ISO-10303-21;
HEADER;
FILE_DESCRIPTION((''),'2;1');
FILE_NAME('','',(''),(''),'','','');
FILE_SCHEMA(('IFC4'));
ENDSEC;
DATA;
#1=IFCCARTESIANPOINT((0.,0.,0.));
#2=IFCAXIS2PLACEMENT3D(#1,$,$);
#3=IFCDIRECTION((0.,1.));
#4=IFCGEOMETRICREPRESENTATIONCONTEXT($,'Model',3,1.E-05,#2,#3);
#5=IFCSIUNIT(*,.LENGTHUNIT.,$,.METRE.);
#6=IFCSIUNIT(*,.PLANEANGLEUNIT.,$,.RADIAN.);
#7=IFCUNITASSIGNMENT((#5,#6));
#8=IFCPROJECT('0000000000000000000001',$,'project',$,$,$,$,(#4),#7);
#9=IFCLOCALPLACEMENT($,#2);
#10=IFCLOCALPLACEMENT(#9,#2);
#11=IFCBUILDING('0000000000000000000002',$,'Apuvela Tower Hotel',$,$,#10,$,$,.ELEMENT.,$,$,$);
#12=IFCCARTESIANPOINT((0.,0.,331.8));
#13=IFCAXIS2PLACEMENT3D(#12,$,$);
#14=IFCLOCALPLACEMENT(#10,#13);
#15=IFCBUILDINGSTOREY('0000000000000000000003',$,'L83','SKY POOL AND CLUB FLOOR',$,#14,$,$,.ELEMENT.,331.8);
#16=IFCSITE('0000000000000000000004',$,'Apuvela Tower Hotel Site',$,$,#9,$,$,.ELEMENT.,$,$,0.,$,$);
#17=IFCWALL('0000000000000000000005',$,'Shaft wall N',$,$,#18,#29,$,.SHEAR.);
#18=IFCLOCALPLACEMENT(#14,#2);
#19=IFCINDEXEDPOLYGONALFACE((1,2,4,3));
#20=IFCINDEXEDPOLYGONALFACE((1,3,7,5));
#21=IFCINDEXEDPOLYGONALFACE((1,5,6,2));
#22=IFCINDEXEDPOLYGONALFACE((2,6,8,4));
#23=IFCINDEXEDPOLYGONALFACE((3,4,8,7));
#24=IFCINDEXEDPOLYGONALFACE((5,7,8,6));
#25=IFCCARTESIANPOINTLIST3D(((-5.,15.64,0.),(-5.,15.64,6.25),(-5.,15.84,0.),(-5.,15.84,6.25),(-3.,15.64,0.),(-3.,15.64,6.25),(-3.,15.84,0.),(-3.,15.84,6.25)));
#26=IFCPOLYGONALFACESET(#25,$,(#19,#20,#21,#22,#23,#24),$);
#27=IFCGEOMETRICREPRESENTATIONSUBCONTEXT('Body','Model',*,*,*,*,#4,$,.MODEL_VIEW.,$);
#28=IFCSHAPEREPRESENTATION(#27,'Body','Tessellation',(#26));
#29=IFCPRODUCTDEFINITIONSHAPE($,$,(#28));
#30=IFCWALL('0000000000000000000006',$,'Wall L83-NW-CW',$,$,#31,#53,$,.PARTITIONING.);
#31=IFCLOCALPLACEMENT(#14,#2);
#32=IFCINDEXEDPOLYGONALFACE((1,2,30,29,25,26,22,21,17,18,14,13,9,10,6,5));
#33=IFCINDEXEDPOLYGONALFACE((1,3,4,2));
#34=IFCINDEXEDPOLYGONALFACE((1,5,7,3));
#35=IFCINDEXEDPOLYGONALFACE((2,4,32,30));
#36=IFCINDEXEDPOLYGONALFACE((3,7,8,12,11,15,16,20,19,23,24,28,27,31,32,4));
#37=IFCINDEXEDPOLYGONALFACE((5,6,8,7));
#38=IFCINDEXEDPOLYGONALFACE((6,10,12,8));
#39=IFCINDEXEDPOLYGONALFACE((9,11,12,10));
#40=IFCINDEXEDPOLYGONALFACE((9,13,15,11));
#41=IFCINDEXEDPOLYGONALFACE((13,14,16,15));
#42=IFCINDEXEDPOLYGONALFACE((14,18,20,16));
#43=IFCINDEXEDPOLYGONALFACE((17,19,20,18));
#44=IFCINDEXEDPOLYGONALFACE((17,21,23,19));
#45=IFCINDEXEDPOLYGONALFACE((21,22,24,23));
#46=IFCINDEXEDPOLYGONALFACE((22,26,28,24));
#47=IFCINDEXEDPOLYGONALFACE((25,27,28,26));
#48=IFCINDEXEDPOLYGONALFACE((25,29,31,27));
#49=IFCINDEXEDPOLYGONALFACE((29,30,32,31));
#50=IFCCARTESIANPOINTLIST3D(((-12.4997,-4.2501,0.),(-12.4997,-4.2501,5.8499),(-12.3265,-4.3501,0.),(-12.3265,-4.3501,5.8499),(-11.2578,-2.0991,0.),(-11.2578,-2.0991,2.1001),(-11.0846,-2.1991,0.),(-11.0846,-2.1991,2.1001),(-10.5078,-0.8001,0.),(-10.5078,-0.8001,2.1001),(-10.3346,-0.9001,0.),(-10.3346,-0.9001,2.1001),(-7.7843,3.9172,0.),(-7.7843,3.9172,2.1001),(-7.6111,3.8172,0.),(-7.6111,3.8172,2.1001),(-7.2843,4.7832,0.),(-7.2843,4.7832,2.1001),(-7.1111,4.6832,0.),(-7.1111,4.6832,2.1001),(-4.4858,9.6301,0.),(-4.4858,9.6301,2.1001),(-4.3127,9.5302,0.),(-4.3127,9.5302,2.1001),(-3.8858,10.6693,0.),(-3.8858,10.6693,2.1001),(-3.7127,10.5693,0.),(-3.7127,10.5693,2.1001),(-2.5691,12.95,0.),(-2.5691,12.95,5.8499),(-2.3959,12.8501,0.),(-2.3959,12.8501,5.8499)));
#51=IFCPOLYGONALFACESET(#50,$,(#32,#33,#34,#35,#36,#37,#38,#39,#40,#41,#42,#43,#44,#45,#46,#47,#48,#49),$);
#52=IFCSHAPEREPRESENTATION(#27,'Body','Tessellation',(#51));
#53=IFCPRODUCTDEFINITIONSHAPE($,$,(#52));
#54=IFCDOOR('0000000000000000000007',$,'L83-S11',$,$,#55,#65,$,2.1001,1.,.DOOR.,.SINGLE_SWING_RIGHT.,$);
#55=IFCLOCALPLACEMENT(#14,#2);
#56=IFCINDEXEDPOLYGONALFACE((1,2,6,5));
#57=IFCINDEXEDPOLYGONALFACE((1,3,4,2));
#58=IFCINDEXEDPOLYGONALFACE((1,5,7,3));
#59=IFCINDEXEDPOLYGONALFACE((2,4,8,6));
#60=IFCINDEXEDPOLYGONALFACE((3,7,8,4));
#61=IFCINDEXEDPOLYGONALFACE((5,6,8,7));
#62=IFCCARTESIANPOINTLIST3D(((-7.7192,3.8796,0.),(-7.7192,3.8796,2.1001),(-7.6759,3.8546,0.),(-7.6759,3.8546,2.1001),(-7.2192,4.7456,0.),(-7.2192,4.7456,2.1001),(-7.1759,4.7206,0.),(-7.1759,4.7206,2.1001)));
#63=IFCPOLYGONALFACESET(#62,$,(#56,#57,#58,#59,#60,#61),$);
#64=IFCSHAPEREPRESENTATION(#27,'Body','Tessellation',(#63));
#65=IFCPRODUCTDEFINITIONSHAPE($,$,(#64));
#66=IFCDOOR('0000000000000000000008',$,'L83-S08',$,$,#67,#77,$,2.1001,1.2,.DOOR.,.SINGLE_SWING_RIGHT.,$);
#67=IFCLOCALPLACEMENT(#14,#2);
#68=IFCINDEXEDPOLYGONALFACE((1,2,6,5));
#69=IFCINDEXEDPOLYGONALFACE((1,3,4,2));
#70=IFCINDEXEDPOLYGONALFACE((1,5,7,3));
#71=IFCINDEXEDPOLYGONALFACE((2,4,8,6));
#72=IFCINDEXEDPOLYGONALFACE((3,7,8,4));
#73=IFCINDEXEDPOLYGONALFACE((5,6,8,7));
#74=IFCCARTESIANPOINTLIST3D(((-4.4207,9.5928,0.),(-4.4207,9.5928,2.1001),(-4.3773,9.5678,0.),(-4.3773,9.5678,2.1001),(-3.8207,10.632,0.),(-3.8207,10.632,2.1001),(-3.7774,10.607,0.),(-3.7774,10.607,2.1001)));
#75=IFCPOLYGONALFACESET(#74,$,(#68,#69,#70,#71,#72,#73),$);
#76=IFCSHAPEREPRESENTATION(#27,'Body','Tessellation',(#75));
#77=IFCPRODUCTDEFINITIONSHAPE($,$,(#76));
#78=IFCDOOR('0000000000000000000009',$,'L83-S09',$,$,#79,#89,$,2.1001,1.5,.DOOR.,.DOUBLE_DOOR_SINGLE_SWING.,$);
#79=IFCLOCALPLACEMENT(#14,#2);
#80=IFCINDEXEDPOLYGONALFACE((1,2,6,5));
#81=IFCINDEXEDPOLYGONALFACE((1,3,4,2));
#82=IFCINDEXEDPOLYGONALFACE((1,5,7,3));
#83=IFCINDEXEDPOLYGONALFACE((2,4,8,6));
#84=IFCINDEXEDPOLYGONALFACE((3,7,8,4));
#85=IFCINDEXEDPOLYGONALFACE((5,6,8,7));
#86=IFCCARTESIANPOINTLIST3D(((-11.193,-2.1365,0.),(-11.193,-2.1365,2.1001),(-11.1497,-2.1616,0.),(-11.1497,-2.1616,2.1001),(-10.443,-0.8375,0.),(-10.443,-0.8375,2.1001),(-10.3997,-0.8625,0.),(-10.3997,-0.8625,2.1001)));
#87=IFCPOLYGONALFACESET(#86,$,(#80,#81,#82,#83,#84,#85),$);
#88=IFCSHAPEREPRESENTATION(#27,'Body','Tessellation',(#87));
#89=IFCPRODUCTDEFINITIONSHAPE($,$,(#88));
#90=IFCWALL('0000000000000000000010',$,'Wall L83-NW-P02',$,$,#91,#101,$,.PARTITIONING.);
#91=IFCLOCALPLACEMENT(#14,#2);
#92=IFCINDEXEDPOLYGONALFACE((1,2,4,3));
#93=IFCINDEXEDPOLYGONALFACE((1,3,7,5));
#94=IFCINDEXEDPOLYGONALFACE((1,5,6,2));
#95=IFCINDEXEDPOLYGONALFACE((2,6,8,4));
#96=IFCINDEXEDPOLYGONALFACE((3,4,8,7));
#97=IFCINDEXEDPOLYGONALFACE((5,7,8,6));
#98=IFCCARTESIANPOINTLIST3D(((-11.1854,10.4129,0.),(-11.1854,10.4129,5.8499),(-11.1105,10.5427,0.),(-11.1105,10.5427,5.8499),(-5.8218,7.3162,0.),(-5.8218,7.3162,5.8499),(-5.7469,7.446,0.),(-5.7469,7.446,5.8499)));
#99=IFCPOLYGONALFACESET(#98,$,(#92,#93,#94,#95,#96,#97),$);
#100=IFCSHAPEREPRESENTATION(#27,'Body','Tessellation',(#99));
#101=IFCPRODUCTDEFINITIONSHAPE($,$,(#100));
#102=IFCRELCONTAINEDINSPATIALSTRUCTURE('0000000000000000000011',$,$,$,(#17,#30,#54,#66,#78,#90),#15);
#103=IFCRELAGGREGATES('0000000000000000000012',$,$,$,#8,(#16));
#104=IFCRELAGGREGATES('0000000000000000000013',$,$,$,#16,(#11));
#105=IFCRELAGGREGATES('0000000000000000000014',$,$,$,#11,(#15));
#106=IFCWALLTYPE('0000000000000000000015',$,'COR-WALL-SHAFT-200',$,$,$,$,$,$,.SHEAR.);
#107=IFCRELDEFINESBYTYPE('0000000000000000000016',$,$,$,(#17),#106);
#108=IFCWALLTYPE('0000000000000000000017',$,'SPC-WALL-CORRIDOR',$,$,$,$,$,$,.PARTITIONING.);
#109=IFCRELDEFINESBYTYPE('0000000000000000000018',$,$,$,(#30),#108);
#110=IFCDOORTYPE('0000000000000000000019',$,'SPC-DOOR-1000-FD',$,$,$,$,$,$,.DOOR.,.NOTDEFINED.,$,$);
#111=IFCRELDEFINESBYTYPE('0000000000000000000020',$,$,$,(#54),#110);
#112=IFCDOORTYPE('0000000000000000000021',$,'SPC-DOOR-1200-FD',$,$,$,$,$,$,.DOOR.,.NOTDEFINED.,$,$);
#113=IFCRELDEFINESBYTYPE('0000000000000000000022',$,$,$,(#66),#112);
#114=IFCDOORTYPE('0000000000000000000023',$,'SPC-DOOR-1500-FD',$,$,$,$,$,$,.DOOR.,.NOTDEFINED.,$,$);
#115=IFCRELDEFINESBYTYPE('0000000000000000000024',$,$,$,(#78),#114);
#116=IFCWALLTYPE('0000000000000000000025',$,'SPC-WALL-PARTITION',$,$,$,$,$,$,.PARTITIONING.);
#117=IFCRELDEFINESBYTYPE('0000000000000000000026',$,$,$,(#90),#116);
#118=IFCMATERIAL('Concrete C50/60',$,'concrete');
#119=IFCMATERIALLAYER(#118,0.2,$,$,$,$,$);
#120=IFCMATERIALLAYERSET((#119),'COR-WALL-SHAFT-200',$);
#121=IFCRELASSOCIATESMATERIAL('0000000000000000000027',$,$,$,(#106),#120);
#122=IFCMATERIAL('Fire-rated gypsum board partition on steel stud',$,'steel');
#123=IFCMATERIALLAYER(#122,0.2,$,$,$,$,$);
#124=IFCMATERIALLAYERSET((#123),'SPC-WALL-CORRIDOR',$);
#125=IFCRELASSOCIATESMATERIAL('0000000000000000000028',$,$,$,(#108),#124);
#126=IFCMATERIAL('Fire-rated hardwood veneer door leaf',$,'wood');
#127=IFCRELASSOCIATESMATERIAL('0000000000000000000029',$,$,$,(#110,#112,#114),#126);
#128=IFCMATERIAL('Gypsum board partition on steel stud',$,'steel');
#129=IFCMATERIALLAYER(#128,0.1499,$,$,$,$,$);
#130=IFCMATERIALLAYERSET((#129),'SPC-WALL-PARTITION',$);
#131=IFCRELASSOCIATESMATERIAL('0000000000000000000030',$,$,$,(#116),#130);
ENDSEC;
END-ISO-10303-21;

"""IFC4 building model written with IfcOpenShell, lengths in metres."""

from ifc_helpers import new_model, si_unit, direction, frame, frame_2d, origin, place, context, subcontext, project, spatial, rectangle, extrude, material, layer, layer_set, type_object, element, fill, save


model = new_model("IFC4")

# Units and contexts
model_context = context("Model", 3, precision=1e-05, world=origin(), true_north=direction((0.0, 1.0)))
body_context = subcontext(model_context, "Body", "Model", "MODEL_VIEW")
ifc_project = project(units=[si_unit("LENGTHUNIT", "METRE"), si_unit("PLANEANGLEUNIT", "RADIAN")], contexts=[model_context])

# Site, building, storey
site_placement = place(None, origin())
site = spatial("IfcSite", under=ifc_project, at=site_placement, Name="Apuvela Tower Hotel Site", CompositionType="ELEMENT", RefElevation=0.0)
building_placement = place(site_placement, origin())
building = spatial("IfcBuilding", under=site, at=building_placement, Name="Apuvela Tower Hotel", CompositionType="ELEMENT")
storey_placement = place(building_placement, frame((0.0, 0.0, 331.8)))
storey = spatial("IfcBuildingStorey", under=building, at=storey_placement, Name="L83", Description="SKY POOL AND CLUB FLOOR", CompositionType="ELEMENT", Elevation=331.8)

# Shared definitions
ifc_material_1 = material(Name="Concrete C50/60", Category="concrete")
ifc_layer_1 = layer(ifc_material_1, 0.2)
ifc_layer_set_1 = layer_set([ifc_layer_1], Name="COR-WALL-SHAFT-200")
wall_type_1 = type_object("IfcWallType", Name="COR-WALL-SHAFT-200", PredefinedType="SHEAR", material=ifc_layer_set_1)

# Wall
wall_1_placement = place(storey_placement, frame((-3.0, 15.74, 0.0), z_axis=(0.0, 0.0, 1.0), x_axis=(-1.0, 0.0, 0.0)))
element("IfcWall", 1, at=wall_1_placement, inside=storey, type_object=wall_type_1, Name="Shaft wall N", PredefinedType="SHEAR", context=body_context, shape_type="SweptSolid", body=[
    extrude(rectangle(XDim=2.0, YDim=0.2, at=frame_2d((1.0, 0.0))), origin(), (0.0, 0.0, 1.0), 6.25),
])

# Wall, openings, doors
ifc_material_2 = material(Name="Fire-rated gypsum board partition on steel stud", Category="steel")
ifc_layer_2 = layer(ifc_material_2, 0.2)
ifc_layer_set_2 = layer_set([ifc_layer_2], Name="SPC-WALL-CORRIDOR")
wall_type_2 = type_object("IfcWallType", Name="SPC-WALL-CORRIDOR", PredefinedType="PARTITIONING", material=ifc_layer_set_2)
wall_2_placement = place(storey_placement, frame((-2.4824, 12.9001, 0.0), z_axis=(0.0, 0.0, 1.0), x_axis=(-0.500005, -0.866023, 0.0)))
wall_2 = element("IfcWall", 2, at=wall_2_placement, inside=storey, type_object=wall_type_2, Name="Wall L83-NW-CW", PredefinedType="PARTITIONING", context=body_context, shape_type="SweptSolid", body=[
    extrude(rectangle(XDim=19.8611, YDim=0.2, at=frame_2d((9.9307, 0.0))), origin(), (0.0, 0.0, 1.0), 5.8499),
])
opening_1_placement = place(wall_2_placement, frame((2.6335, 0.0, 0.0)))
opening_1 = element("IfcOpeningElement", 3, at=opening_1_placement, cuts=wall_2, PredefinedType="OPENING", context=body_context, shape_type="SweptSolid", body=[
    extrude(rectangle(XDim=1.2, YDim=2.1001, at=frame_2d((0.6001, 1.05))), frame((0.0, 0.1099, 0.0), z_axis=(0.0, -1.0, 0.0), x_axis=(1.0, 0.0, 0.0)), (0.0, 0.0, 1.0), 0.22),
])
opening_2_placement = place(wall_2_placement, frame((15.8774, 0.0, 0.0)))
opening_2 = element("IfcOpeningElement", 4, at=opening_2_placement, cuts=wall_2, PredefinedType="OPENING", context=body_context, shape_type="SweptSolid", body=[
    extrude(rectangle(XDim=1.5, YDim=2.1001, at=frame_2d((0.75, 1.05))), frame((0.0, 0.1099, 0.0), z_axis=(0.0, -1.0, 0.0), x_axis=(1.0, 0.0, 0.0)), (0.0, 0.0, 1.0), 0.22),
])
opening_3_placement = place(wall_2_placement, frame((9.4304, 0.0, 0.0)))
opening_3 = element("IfcOpeningElement", 5, at=opening_3_placement, cuts=wall_2, PredefinedType="OPENING", context=body_context, shape_type="SweptSolid", body=[
    extrude(rectangle(XDim=1.0, YDim=2.1001, at=frame_2d((0.5, 1.05))), frame((0.0, 0.1099, 0.0), z_axis=(0.0, -1.0, 0.0), x_axis=(1.0, 0.0, 0.0)), (0.0, 0.0, 1.0), 0.22),
])
ifc_material_3 = material(Name="Fire-rated hardwood veneer door leaf", Category="wood")
door_type_1 = type_object("IfcDoorType", Name="SPC-DOOR-1000-FD", OperationType="NOTDEFINED", PredefinedType="DOOR", material=ifc_material_3)
door_1_placement = place(opening_3_placement, frame((1.0, 0.0, 0.0), z_axis=(0.0, 0.0, 1.0), x_axis=(-1.0, 0.0, 0.0)))
door_1 = element("IfcDoor", 6, at=door_1_placement, inside=storey, type_object=door_type_1, Name="L83-S11", OperationType="SINGLE_SWING_RIGHT", OverallHeight=2.1001, OverallWidth=1.0, PredefinedType="DOOR", context=body_context, shape_type="SweptSolid", body=[
    extrude(rectangle(XDim=1.0, YDim=2.1001, at=frame_2d((0.5, 1.05))), frame((0.0, 0.0249, 0.0), z_axis=(0.0, -1.0, 0.0), x_axis=(1.0, 0.0, 0.0)), (0.0, 0.0, 1.0), 0.05),
])
fill(opening_3, door_1)
door_type_2 = type_object("IfcDoorType", Name="SPC-DOOR-1200-FD", OperationType="NOTDEFINED", PredefinedType="DOOR", material=ifc_material_3)
door_2_placement = place(opening_1_placement, frame((1.2, 0.0, 0.0), z_axis=(0.0, 0.0, 1.0), x_axis=(-1.0, 0.0, 0.0)))
door_2 = element("IfcDoor", 7, at=door_2_placement, inside=storey, type_object=door_type_2, Name="L83-S08", OperationType="SINGLE_SWING_RIGHT", OverallHeight=2.1001, OverallWidth=1.2, PredefinedType="DOOR", context=body_context, shape_type="SweptSolid", body=[
    extrude(rectangle(XDim=1.2, YDim=2.1001, at=frame_2d((0.6001, 1.05))), frame((0.0, 0.0249, 0.0), z_axis=(0.0, -1.0, 0.0), x_axis=(1.0, 0.0, 0.0)), (0.0, 0.0, 1.0), 0.05),
])
fill(opening_1, door_2)
door_type_3 = type_object("IfcDoorType", Name="SPC-DOOR-1500-FD", OperationType="NOTDEFINED", PredefinedType="DOOR", material=ifc_material_3)
door_3_placement = place(opening_2_placement, origin())
door_3 = element("IfcDoor", 8, at=door_3_placement, inside=storey, type_object=door_type_3, Name="L83-S09", OperationType="DOUBLE_DOOR_SINGLE_SWING", OverallHeight=2.1001, OverallWidth=1.5, PredefinedType="DOOR", context=body_context, shape_type="SweptSolid", body=[
    extrude(rectangle(XDim=1.5, YDim=2.1001, at=frame_2d((0.75, 1.05))), frame((0.0, 0.0249, 0.0), z_axis=(0.0, -1.0, 0.0), x_axis=(1.0, 0.0, 0.0)), (0.0, 0.0, 1.0), 0.05),
])
fill(opening_2, door_3)

# Wall
ifc_material_4 = material(Name="Gypsum board partition on steel stud", Category="steel")
ifc_layer_3 = layer(ifc_material_4, 0.1499)
ifc_layer_set_3 = layer_set([ifc_layer_3], Name="SPC-WALL-PARTITION")
wall_type_3 = type_object("IfcWallType", Name="SPC-WALL-PARTITION", PredefinedType="PARTITIONING", material=ifc_layer_set_3)
wall_3_placement = place(storey_placement, frame((-11.1479, 10.4778, 0.0), z_axis=(0.0, 0.0, 1.0), x_axis=(0.866022, -0.500006, 0.0)))
element("IfcWall", 9, at=wall_3_placement, inside=storey, type_object=wall_type_3, Name="Wall L83-NW-P02", PredefinedType="PARTITIONING", context=body_context, shape_type="SweptSolid", body=[
    extrude(rectangle(XDim=6.1934, YDim=0.1499, at=frame_2d((3.0967, 0.0))), origin(), (0.0, 0.0, 1.0), 5.8499),
])

save(model, "model.ifc")
